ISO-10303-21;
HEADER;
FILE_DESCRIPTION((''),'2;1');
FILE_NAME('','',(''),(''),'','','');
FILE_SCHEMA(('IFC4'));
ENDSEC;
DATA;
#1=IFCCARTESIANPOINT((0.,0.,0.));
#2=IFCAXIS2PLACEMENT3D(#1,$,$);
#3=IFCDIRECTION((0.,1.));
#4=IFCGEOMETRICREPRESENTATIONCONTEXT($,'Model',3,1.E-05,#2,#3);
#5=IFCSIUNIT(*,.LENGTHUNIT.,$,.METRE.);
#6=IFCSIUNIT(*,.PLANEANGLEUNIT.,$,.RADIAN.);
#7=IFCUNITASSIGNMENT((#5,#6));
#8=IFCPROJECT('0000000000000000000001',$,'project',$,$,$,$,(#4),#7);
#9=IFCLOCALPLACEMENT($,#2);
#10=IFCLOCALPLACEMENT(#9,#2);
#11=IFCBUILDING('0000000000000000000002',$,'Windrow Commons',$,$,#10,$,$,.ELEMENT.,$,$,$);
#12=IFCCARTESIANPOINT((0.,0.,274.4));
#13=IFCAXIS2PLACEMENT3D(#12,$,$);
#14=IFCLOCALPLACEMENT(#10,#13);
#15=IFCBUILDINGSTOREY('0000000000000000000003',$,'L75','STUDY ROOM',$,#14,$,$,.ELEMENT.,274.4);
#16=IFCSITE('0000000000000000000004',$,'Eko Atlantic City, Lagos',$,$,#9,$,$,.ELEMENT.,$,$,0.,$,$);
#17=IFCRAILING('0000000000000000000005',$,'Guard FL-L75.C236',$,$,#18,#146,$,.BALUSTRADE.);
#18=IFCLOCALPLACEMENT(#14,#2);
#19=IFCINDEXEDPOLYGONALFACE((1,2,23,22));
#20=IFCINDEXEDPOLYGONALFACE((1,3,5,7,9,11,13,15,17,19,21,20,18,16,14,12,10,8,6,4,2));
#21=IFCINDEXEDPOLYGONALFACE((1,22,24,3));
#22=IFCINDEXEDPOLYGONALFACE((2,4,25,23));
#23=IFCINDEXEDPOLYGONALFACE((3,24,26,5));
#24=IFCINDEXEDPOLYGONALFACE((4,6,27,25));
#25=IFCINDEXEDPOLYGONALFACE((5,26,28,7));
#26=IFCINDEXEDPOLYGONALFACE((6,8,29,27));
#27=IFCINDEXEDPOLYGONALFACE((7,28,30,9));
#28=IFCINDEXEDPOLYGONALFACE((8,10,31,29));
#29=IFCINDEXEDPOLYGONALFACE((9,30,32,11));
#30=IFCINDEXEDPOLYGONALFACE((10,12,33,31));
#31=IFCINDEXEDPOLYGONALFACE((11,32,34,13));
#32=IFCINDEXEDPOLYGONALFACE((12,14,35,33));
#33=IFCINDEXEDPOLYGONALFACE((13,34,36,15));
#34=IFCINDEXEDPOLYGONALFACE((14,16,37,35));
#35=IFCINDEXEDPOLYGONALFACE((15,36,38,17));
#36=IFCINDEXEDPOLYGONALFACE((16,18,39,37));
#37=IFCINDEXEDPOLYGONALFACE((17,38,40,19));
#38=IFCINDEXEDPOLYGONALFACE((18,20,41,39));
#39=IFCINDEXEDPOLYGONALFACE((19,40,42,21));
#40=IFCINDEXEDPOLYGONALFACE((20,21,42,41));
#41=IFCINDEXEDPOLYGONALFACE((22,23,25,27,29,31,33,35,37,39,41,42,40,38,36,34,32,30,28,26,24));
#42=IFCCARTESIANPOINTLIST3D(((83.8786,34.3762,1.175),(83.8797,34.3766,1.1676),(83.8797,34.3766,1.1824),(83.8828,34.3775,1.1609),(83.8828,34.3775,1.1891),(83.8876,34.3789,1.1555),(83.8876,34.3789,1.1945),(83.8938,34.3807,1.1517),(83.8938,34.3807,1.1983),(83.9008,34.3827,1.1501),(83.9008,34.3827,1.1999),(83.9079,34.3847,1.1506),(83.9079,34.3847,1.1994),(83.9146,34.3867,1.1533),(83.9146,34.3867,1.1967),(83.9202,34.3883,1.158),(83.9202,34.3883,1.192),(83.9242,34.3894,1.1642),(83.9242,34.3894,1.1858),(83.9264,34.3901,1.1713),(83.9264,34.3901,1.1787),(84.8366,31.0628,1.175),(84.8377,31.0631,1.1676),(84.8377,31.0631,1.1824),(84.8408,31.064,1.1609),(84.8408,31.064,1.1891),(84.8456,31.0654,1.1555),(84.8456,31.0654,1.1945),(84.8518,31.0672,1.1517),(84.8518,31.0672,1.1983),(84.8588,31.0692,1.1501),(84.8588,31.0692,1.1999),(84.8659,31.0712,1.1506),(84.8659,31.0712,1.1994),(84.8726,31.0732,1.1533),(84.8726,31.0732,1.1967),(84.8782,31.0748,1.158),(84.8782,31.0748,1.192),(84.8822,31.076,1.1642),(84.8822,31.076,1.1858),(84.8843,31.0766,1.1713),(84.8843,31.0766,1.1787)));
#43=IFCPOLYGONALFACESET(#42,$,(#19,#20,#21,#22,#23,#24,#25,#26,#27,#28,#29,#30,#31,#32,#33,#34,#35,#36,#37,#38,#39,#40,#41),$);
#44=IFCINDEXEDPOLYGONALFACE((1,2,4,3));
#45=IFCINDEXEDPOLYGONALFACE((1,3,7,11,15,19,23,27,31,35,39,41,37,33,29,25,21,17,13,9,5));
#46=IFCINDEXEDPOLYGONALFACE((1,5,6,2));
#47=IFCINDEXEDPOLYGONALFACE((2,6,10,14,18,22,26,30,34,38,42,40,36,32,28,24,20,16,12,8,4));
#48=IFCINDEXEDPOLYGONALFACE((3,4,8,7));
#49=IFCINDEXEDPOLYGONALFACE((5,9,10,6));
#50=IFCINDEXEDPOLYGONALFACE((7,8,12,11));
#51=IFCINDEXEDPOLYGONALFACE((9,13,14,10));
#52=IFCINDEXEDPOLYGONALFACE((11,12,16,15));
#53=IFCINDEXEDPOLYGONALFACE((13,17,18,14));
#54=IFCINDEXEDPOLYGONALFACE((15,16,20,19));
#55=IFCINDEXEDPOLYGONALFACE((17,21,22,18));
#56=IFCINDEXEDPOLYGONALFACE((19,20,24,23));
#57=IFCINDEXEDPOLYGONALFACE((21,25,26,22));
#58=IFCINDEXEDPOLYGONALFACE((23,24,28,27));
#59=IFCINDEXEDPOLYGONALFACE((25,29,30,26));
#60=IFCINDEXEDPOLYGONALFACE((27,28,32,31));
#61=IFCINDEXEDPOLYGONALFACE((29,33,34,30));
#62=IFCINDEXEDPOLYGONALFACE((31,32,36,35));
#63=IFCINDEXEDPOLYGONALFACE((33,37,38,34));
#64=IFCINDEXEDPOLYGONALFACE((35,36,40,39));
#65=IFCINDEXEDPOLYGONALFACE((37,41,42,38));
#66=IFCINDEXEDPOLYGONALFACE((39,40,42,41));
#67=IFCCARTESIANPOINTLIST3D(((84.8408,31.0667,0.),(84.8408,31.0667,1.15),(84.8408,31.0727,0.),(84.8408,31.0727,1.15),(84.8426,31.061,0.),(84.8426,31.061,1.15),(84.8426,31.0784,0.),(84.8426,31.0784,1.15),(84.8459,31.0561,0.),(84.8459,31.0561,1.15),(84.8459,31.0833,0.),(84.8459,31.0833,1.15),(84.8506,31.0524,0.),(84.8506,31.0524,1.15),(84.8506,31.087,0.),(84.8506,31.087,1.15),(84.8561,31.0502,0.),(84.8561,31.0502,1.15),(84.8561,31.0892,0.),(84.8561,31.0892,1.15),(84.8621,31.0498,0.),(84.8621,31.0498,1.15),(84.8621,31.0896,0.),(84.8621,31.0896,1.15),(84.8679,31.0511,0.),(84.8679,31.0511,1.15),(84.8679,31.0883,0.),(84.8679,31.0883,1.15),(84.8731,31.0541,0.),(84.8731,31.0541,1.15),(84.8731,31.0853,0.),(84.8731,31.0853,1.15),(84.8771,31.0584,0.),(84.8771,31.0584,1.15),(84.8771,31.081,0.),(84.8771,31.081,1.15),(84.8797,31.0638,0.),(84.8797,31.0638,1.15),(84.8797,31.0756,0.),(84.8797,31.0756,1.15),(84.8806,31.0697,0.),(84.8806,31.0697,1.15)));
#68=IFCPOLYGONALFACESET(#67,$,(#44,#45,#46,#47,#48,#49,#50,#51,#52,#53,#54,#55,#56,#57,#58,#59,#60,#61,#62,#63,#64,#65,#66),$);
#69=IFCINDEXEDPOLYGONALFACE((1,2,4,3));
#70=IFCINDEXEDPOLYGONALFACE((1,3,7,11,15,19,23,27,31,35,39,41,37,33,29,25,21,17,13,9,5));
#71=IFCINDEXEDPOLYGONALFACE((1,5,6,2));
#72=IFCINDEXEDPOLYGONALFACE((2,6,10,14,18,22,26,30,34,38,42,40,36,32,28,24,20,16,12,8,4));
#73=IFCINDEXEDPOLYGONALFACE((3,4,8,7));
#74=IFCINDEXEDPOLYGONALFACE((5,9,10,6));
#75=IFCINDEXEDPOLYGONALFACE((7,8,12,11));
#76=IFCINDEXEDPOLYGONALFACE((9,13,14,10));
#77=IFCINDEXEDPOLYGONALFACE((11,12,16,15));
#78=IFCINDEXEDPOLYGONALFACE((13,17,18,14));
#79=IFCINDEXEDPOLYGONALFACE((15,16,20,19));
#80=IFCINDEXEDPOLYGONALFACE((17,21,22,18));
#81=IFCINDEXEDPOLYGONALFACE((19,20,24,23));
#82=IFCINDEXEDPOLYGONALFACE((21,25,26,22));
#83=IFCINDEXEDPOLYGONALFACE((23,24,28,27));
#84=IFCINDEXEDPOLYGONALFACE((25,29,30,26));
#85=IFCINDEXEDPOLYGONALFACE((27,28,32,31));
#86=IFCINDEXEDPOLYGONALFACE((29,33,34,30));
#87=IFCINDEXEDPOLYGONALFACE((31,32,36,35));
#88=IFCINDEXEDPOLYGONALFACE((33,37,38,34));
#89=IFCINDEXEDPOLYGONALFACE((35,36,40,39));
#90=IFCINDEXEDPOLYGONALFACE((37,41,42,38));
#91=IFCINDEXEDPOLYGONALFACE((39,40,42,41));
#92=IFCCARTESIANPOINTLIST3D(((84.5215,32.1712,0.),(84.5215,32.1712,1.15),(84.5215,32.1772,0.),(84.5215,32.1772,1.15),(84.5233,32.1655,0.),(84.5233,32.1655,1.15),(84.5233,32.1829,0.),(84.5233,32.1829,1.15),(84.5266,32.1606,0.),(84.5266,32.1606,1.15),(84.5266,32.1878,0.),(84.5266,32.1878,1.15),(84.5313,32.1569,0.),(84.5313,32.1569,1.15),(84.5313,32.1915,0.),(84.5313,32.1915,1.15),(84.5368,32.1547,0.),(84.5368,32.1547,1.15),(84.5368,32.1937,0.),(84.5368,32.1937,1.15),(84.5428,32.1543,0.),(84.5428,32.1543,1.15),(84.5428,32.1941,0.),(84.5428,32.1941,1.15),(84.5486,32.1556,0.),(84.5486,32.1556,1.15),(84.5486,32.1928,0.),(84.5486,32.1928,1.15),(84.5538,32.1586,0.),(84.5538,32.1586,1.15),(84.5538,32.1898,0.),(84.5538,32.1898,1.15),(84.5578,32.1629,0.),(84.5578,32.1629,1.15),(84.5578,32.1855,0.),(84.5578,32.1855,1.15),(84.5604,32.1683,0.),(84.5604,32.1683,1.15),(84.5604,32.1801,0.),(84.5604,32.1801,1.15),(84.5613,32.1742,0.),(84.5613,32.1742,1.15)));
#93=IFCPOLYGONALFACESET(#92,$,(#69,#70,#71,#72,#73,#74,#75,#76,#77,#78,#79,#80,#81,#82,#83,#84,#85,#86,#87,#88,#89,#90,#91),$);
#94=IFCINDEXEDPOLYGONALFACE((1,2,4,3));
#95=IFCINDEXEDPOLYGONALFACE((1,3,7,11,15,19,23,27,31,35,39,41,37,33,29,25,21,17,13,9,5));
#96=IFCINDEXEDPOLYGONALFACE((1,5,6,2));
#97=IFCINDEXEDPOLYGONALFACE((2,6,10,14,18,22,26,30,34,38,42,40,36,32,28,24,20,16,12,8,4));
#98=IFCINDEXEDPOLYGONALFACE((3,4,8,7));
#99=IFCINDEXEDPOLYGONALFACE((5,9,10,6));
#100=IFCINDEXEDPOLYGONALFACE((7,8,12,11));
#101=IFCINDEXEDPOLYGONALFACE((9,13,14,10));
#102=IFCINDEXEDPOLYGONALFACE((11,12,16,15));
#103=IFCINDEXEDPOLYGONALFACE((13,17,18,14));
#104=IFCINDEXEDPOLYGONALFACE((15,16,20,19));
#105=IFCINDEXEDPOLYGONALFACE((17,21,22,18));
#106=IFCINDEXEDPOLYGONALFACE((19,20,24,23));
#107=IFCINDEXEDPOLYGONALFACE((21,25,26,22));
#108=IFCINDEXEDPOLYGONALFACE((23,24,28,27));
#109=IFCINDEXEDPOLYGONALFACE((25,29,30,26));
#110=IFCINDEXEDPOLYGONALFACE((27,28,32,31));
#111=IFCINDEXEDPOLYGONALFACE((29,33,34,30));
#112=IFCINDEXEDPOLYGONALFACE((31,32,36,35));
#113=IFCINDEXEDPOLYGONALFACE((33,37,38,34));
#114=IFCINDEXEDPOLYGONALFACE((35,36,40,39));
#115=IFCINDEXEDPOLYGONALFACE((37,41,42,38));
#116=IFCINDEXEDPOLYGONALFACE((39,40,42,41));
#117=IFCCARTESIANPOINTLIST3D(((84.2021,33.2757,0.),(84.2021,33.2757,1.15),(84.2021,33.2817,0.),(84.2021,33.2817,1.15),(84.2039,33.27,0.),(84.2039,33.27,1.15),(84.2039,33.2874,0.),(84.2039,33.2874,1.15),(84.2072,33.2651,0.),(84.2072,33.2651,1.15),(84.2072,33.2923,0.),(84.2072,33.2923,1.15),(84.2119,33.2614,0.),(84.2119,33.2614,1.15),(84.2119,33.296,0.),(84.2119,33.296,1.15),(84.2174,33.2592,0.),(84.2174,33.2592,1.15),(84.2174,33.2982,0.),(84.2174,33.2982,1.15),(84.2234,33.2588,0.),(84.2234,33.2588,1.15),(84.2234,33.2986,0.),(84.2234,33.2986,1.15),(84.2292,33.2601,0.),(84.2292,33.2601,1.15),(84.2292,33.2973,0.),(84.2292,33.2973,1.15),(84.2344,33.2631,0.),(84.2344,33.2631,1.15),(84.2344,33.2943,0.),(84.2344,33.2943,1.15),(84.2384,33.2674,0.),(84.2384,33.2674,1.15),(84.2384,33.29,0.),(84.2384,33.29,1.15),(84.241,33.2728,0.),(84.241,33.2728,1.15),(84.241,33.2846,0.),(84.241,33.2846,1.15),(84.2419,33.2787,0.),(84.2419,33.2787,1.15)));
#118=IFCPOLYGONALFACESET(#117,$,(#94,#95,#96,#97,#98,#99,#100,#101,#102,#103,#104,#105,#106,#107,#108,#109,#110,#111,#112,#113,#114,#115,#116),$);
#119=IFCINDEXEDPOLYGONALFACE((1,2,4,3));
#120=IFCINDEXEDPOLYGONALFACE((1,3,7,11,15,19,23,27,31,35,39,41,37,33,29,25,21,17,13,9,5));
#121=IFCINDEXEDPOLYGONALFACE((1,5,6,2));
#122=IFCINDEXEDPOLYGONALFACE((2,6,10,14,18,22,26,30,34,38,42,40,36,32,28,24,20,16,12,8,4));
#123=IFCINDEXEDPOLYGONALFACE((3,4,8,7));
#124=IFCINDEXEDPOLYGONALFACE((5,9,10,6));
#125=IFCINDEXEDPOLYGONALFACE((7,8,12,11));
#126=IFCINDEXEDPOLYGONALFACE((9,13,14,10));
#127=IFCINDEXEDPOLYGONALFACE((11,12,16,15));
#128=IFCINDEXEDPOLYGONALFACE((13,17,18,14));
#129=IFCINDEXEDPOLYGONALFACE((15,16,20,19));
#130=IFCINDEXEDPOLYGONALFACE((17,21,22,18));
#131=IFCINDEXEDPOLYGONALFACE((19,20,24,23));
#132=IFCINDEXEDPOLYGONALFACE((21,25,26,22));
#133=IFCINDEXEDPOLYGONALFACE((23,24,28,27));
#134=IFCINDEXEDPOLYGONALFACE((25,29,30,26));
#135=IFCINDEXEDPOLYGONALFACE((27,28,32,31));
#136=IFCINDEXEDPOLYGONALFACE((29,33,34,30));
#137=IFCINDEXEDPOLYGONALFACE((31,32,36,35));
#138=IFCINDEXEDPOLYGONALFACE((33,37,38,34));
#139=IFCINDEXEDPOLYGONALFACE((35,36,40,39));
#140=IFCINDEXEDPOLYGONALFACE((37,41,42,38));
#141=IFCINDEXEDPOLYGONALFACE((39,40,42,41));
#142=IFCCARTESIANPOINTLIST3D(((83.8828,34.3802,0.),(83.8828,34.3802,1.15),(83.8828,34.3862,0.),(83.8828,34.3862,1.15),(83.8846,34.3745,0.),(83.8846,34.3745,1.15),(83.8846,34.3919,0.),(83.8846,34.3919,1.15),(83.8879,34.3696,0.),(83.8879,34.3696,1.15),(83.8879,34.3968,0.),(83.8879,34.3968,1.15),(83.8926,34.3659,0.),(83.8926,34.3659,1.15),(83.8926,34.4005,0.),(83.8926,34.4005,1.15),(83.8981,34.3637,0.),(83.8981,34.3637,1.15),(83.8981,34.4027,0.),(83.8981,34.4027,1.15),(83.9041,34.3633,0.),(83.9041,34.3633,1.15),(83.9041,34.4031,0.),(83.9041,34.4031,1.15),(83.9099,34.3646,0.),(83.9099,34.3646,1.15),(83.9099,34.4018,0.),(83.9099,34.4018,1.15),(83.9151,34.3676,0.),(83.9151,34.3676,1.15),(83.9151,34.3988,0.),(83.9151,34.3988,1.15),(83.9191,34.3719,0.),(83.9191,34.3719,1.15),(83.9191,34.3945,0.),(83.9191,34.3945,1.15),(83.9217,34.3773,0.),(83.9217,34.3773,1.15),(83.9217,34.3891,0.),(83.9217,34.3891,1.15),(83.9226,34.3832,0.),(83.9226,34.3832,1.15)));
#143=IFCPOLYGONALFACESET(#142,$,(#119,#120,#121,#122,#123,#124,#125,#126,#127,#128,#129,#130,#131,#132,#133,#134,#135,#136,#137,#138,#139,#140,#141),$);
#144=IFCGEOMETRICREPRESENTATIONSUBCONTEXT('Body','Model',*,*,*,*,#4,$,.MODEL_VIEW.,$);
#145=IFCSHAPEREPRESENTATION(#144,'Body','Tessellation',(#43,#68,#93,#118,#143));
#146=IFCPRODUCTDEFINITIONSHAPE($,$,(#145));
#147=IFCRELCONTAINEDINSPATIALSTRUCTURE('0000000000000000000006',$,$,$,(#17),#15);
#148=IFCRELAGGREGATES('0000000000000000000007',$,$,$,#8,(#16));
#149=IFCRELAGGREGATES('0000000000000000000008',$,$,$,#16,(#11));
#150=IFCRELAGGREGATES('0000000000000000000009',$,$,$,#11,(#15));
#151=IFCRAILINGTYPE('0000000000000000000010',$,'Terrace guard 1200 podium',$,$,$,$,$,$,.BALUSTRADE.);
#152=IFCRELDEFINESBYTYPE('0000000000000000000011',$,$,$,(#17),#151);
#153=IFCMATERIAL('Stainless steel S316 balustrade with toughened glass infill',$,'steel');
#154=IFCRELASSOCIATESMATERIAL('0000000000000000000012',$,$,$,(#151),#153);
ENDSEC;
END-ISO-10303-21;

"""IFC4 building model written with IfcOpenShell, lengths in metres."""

from ifc_helpers import new_model, si_unit, direction, frame, origin, origin_2d, place, context, subcontext, project, spatial, circle, extrude, material, type_object, element, save


model = new_model("IFC4")

# Units and contexts
model_context = context("Model", 3, precision=1e-05, world=origin(), true_north=direction((0.0, 1.0)))
body_context = subcontext(model_context, "Body", "Model", "MODEL_VIEW")
ifc_project = project(units=[si_unit("LENGTHUNIT", "METRE"), si_unit("PLANEANGLEUNIT", "RADIAN")], contexts=[model_context])

# Site, building, storey
site_placement = place(None, origin())
site = spatial("IfcSite", under=ifc_project, at=site_placement, Name="Eko Atlantic City, Lagos", CompositionType="ELEMENT", RefElevation=0.0)
building_placement = place(site_placement, origin())
building = spatial("IfcBuilding", under=site, at=building_placement, Name="Windrow Commons", CompositionType="ELEMENT")
storey_placement = place(building_placement, frame((0.0, 0.0, 274.4)))
storey = spatial("IfcBuildingStorey", under=building, at=storey_placement, Name="L75", Description="STUDY ROOM", CompositionType="ELEMENT", Elevation=274.4)

# Railing
ifc_material_1 = material(Name="Stainless steel S316 balustrade with toughened glass infill", Category="steel")
railing_type = type_object("IfcRailingType", Name="Terrace guard 1200 podium", PredefinedType="BALUSTRADE", material=ifc_material_1)
railing_1_placement = place(storey_placement, frame((84.8606, 31.0697, 0.0)))
element("IfcRailing", 1, at=railing_1_placement, inside=storey, type_object=railing_type, Name="Guard FL-L75.C236", PredefinedType="BALUSTRADE", context=body_context, shape_type="SweptSolid", body=[
    extrude(circle(Radius=0.025, at=origin_2d()), frame((0.0, 0.0, 1.175), z_axis=(-0.277745, 0.960655, 0.0), x_axis=(-0.960655, -0.277745, 0.0)), (0.0, 0.0, 1.0), 3.4492),
    extrude(circle(Radius=0.02, at=origin_2d()), origin(), (0.0, 0.0, 1.0), 1.15),
    extrude(circle(Radius=0.02, at=origin_2d()), frame((-0.3193, 1.1045, 0.0)), (0.0, 0.0, 1.0), 1.15),
    extrude(circle(Radius=0.02, at=origin_2d()), frame((-0.6387, 2.209, 0.0)), (0.0, 0.0, 1.0), 1.15),
    extrude(circle(Radius=0.02, at=origin_2d()), frame((-0.958, 3.3135, 0.0)), (0.0, 0.0, 1.0), 1.15),
])

save(model, "model.ifc")
